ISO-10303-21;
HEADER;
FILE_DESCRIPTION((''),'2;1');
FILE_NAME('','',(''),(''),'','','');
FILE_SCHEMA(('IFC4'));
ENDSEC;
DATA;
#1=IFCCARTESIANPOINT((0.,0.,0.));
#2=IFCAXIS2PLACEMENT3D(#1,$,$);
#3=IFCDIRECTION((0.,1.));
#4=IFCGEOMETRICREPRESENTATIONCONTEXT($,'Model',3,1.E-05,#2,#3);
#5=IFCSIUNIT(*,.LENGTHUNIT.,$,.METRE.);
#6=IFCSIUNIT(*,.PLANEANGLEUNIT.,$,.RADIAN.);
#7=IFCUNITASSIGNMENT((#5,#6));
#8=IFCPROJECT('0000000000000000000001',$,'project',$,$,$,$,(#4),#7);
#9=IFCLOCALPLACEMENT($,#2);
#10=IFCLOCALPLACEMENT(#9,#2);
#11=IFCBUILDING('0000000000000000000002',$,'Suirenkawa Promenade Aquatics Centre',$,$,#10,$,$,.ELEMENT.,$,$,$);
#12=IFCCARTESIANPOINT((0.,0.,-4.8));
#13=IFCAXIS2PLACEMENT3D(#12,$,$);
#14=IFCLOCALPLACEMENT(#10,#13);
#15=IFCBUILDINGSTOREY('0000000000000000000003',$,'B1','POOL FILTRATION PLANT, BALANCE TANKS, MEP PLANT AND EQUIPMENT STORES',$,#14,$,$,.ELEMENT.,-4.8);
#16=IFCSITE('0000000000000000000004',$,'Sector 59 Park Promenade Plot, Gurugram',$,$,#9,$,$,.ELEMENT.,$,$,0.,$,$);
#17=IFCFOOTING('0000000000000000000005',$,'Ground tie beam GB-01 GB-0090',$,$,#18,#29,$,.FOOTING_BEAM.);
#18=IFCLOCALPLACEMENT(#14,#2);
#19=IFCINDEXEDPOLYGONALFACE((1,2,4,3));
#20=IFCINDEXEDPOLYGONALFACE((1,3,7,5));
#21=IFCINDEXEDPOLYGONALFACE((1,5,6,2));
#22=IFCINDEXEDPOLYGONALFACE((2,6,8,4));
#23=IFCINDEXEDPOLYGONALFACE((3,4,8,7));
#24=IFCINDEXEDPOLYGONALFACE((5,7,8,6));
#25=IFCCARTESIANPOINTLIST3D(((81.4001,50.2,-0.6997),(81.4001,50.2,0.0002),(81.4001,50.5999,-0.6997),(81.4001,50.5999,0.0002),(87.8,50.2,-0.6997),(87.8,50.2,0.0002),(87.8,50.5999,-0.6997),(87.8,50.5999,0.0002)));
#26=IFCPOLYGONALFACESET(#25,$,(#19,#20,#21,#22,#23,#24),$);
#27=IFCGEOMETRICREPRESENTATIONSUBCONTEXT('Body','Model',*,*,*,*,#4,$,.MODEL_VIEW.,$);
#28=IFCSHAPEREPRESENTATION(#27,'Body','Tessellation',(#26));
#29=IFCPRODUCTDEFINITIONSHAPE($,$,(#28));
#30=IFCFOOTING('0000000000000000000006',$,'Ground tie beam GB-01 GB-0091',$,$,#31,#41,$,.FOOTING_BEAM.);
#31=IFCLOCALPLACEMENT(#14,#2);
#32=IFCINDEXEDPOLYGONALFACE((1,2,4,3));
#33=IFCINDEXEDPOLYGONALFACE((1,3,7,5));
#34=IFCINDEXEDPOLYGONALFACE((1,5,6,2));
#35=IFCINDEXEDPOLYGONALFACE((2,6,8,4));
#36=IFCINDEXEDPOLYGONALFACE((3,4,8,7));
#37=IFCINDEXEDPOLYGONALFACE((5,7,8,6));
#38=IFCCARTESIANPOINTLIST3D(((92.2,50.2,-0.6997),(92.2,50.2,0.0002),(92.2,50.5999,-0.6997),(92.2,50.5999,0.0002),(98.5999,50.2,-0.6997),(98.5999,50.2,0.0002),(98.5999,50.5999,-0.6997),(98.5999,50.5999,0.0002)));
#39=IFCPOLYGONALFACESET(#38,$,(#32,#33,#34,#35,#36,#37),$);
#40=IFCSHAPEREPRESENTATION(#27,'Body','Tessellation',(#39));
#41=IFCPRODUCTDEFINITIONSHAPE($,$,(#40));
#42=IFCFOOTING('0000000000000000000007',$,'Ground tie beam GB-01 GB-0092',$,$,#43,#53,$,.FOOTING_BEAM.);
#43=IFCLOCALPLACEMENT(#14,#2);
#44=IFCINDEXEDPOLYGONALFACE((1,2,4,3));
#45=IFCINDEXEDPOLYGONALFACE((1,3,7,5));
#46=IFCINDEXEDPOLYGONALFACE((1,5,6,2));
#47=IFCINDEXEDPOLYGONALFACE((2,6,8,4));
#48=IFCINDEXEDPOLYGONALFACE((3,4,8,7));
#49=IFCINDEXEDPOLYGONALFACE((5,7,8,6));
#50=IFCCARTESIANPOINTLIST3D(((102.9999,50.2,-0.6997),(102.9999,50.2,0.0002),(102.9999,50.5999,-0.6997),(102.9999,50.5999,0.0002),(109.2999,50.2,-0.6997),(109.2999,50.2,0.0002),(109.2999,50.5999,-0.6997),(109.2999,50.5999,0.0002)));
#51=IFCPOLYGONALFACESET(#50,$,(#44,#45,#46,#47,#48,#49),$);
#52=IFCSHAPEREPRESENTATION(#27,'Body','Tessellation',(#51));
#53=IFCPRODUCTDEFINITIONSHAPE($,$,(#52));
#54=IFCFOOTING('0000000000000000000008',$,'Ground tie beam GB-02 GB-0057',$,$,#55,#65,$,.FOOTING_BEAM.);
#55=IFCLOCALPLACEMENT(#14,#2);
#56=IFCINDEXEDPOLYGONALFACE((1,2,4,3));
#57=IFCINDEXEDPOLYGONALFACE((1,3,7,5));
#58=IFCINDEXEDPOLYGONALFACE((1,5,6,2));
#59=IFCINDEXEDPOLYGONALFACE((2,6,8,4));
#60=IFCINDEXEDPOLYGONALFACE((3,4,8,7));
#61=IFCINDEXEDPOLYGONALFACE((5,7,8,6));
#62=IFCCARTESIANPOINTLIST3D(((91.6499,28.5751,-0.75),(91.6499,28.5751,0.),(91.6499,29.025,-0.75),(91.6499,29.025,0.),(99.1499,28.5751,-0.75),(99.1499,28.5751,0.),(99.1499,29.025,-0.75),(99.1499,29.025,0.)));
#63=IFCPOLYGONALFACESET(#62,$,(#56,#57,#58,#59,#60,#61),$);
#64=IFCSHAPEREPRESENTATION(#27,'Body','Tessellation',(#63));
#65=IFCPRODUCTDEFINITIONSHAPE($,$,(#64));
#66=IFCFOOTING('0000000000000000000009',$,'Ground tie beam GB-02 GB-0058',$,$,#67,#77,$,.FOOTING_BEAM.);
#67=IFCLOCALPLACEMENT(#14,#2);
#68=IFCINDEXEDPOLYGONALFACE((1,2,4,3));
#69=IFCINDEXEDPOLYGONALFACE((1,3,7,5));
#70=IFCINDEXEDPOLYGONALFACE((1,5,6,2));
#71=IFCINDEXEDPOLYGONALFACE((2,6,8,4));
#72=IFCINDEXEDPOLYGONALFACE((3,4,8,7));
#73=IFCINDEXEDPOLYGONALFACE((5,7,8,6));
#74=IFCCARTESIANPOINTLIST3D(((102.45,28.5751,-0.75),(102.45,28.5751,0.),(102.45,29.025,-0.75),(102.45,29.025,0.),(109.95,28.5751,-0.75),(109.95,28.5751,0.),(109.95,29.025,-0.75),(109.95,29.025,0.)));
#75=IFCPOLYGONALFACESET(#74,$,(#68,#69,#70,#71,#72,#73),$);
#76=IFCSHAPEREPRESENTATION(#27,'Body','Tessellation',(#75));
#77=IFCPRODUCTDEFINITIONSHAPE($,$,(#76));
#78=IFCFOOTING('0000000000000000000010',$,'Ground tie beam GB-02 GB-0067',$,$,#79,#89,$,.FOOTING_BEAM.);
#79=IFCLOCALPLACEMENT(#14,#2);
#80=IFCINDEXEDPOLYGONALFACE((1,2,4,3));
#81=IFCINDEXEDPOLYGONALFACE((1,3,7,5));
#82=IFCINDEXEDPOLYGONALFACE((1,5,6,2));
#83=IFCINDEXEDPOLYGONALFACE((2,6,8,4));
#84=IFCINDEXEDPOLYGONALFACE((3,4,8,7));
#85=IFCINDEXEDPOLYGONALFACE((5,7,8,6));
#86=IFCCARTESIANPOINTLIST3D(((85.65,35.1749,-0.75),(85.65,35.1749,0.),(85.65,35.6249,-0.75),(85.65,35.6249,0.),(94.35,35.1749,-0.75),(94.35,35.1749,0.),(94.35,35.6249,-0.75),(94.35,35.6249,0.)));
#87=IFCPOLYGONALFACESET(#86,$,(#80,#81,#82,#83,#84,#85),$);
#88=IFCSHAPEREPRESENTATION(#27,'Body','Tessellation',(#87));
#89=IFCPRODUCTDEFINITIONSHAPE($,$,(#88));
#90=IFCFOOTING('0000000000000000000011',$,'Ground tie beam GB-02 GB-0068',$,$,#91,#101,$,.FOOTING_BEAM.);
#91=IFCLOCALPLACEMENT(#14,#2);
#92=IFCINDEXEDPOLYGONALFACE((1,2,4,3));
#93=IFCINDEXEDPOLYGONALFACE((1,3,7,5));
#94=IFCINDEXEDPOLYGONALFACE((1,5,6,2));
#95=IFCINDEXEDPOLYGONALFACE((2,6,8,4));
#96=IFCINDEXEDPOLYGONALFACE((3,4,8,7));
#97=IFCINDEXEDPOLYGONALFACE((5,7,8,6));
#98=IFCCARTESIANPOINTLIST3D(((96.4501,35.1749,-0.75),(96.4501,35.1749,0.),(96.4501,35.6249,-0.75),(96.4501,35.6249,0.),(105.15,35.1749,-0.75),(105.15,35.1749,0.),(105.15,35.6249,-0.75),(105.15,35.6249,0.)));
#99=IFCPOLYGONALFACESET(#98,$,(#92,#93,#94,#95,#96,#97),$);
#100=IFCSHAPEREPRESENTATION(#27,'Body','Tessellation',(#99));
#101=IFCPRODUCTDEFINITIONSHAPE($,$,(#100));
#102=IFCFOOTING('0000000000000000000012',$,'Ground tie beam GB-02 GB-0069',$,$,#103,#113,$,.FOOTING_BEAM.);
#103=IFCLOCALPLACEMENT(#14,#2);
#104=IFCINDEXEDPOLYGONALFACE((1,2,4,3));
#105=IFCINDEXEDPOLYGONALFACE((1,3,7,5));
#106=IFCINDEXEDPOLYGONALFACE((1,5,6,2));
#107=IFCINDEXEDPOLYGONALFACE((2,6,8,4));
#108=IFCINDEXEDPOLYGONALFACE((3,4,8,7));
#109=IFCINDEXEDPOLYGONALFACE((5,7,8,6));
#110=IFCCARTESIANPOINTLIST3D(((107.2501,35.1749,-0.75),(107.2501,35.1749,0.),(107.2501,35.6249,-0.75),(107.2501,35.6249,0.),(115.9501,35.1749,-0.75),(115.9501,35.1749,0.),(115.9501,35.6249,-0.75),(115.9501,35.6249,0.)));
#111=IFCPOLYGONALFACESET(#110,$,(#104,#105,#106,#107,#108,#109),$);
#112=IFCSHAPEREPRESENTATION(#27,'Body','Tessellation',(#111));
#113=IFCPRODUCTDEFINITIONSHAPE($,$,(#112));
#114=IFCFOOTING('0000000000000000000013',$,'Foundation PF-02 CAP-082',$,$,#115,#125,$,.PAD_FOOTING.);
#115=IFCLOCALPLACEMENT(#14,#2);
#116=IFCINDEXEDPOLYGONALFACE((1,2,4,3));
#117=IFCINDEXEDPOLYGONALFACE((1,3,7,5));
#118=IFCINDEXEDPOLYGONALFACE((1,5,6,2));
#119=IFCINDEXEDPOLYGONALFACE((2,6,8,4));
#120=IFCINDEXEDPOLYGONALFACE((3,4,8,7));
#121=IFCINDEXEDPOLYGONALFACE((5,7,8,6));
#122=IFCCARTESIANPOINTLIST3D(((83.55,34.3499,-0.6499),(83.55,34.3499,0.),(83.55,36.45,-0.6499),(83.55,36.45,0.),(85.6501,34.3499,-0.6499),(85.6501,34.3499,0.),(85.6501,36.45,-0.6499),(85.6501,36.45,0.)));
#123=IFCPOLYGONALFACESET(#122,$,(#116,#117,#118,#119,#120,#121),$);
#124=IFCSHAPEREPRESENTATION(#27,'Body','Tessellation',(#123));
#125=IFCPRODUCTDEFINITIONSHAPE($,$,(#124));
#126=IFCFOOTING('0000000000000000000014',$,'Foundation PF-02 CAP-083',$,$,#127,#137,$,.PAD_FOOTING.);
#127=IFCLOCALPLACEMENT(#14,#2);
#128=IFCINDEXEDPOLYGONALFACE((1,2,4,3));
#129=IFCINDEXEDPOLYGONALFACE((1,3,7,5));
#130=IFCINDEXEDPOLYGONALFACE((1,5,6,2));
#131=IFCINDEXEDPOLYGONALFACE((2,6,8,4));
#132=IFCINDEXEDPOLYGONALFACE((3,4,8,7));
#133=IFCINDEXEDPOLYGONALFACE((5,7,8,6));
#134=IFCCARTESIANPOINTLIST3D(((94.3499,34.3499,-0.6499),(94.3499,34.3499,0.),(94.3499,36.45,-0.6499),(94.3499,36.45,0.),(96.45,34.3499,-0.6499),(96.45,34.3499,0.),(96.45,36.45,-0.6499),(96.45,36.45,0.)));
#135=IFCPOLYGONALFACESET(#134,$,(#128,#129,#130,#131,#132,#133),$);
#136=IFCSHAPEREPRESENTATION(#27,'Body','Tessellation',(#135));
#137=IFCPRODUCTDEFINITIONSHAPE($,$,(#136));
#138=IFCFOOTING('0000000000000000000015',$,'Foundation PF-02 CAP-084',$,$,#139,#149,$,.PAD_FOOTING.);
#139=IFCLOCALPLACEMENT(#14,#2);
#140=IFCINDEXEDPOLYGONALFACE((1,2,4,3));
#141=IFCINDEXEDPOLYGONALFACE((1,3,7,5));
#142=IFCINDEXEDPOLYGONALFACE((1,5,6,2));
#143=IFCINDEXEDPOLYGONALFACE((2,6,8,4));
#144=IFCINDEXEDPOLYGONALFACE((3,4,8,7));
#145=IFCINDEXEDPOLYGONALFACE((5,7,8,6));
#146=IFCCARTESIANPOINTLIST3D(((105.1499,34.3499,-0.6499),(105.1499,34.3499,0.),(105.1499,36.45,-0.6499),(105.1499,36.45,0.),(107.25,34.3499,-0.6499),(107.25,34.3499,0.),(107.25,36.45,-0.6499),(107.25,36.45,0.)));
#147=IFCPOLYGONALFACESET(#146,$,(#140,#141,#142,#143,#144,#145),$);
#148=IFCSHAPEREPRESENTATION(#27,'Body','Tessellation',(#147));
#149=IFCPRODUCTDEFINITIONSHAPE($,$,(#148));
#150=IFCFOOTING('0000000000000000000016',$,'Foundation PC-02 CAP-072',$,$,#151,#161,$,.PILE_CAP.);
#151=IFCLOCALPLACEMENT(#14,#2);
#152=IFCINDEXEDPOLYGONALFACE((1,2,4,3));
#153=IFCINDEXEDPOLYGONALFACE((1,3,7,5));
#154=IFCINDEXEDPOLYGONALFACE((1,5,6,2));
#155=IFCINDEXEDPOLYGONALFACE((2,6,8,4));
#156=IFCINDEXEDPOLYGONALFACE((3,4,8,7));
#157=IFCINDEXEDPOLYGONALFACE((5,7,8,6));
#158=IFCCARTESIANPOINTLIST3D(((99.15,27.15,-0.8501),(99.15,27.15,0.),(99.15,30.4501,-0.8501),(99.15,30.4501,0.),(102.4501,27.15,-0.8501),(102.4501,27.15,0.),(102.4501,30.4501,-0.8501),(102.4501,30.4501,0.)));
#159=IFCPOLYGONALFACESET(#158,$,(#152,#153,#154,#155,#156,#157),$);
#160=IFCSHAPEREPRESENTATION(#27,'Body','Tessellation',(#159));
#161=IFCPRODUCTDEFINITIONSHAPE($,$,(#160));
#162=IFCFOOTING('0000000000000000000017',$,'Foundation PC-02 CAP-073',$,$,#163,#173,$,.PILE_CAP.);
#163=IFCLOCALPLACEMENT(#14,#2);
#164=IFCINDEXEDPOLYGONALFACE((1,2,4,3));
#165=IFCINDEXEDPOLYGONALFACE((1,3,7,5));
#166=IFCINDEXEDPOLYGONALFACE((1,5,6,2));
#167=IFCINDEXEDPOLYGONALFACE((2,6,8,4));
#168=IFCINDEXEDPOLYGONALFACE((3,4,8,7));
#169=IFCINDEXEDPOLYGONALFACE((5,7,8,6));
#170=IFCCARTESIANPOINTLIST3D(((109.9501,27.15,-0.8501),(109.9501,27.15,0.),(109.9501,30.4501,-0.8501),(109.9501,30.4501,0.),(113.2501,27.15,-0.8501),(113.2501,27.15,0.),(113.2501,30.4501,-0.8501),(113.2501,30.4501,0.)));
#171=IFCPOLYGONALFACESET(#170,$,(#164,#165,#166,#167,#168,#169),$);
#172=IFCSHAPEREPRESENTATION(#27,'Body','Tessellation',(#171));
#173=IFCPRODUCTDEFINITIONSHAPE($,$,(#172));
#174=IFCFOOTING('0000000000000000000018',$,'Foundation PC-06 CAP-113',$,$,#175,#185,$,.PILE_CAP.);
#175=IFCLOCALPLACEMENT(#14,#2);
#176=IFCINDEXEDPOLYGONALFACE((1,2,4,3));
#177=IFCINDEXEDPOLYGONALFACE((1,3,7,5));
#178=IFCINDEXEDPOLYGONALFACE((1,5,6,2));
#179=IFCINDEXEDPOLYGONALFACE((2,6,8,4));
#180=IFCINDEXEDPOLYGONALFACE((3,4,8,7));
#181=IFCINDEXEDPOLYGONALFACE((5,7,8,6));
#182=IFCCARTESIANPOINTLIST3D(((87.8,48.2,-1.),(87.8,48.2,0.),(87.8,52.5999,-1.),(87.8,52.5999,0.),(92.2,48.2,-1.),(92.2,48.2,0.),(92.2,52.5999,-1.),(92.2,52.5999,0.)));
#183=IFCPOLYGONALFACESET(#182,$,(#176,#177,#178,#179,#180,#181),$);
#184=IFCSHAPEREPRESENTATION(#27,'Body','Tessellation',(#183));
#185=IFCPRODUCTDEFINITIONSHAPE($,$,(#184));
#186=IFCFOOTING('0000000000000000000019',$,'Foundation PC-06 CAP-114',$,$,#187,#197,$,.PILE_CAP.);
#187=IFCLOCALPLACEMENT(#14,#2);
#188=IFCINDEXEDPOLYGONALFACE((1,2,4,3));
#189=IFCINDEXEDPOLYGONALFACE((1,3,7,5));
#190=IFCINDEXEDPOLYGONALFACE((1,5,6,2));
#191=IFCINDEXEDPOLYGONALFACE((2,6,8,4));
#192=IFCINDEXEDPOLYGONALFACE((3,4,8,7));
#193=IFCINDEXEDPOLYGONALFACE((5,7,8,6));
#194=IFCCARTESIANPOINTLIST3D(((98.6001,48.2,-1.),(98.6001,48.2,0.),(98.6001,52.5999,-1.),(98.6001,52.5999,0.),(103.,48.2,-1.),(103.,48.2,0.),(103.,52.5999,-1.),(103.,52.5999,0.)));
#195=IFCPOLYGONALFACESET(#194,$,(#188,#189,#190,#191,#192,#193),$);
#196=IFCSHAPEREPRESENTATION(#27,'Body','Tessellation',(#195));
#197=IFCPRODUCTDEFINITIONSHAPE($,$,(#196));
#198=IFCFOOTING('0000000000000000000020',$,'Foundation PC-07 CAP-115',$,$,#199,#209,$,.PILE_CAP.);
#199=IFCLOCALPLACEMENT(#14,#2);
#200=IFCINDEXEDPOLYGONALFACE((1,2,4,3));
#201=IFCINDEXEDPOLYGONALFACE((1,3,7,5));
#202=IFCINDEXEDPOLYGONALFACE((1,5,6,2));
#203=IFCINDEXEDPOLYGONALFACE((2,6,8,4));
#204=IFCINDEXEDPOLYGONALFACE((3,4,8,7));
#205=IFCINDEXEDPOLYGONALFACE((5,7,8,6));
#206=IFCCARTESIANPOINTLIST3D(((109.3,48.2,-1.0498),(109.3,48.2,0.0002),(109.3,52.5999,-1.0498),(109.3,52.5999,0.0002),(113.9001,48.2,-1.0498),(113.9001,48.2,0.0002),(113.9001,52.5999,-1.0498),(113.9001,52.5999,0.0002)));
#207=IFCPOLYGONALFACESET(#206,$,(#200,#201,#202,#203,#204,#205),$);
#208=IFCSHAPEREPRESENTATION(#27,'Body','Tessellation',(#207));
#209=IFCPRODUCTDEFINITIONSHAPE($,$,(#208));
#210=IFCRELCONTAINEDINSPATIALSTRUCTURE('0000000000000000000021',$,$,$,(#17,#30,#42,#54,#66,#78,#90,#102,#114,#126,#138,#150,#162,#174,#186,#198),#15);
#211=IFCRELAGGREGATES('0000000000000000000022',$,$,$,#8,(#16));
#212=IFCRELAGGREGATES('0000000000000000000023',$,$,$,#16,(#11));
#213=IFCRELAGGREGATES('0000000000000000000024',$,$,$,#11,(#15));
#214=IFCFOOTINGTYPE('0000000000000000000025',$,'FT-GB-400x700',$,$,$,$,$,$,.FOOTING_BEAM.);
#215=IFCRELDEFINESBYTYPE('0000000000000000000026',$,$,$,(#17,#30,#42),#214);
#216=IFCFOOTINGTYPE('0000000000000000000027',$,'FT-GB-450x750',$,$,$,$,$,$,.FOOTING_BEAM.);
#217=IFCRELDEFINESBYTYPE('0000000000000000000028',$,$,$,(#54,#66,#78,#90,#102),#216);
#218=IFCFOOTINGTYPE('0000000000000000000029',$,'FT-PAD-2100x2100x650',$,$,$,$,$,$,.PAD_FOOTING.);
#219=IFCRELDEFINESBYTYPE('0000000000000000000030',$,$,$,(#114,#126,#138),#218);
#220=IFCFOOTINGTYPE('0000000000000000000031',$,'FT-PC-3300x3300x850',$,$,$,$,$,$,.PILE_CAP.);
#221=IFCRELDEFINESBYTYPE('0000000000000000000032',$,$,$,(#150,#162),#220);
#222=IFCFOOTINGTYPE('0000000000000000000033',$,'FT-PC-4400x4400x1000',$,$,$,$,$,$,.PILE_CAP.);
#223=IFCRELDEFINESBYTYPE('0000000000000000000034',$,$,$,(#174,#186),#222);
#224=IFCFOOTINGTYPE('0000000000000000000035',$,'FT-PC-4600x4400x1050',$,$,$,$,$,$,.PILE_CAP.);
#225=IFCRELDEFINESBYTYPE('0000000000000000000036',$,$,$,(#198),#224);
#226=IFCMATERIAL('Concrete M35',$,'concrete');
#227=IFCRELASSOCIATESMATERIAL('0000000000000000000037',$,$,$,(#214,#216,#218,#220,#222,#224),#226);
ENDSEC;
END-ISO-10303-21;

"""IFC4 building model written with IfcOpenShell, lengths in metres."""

from ifc_helpers import new_model, si_unit, direction, frame, origin, origin_2d, place, context, subcontext, project, spatial, rectangle, extrude, material, type_object, element, save


model = new_model("IFC4")

# Units and contexts
model_context = context("Model", 3, precision=1e-05, world=origin(), true_north=direction((0.0, 1.0)))
body_context = subcontext(model_context, "Body", "Model", "MODEL_VIEW")
ifc_project = project(units=[si_unit("LENGTHUNIT", "METRE"), si_unit("PLANEANGLEUNIT", "RADIAN")], contexts=[model_context])

# Site, building, storey
site_placement = place(None, origin())
site = spatial("IfcSite", under=ifc_project, at=site_placement, Name="Sector 59 Park Promenade Plot, Gurugram", CompositionType="ELEMENT", RefElevation=0.0)
building_placement = place(site_placement, origin())
building = spatial("IfcBuilding", under=site, at=building_placement, Name="Suirenkawa Promenade Aquatics Centre", CompositionType="ELEMENT")
storey_placement = place(building_placement, frame((0.0, 0.0, -4.8)))
storey = spatial("IfcBuildingStorey", under=building, at=storey_placement, Name="B1", Description="POOL FILTRATION PLANT, BALANCE TANKS, MEP PLANT AND EQUIPMENT STORES", CompositionType="ELEMENT", Elevation=-4.8)

# Footings
ifc_material_1 = material(Name="Concrete M35", Category="concrete")
footing_type_1 = type_object("IfcFootingType", Name="FT-GB-400x700", PredefinedType="FOOTING_BEAM", material=ifc_material_1)
for number, where, z_axis, x_axis, name in (
    (1, (84.6001, 50.3999, -0.6997), (0.0, 0.0, 1.0), (1.0, 0.0, 0.0), "Ground tie beam GB-01 GB-0090"),
    (2, (95.3999, 50.3999, -0.6997), (0.0, 0.0, 1.0), (1.0, 0.0, 0.0), "Ground tie beam GB-01 GB-0091"),
):
    element("IfcFooting", number, at=place(storey_placement, frame(where, z_axis=z_axis, x_axis=x_axis)), inside=storey, type_object=footing_type_1, Name=name, PredefinedType="FOOTING_BEAM", context=body_context, shape_type="SweptSolid", body=[
        extrude(rectangle(XDim=6.3999, YDim=0.3999, at=origin_2d()), origin(), (0.0, 0.0, 1.0), 0.7),
    ])
footing_1_placement = place(storey_placement, frame((106.1499, 50.3999, -0.6997), z_axis=(0.0, 0.0, 1.0), x_axis=(1.0, 0.0, 0.0)))
element("IfcFooting", 3, at=footing_1_placement, inside=storey, type_object=footing_type_1, Name="Ground tie beam GB-01 GB-0092", PredefinedType="FOOTING_BEAM", context=body_context, shape_type="SweptSolid", body=[
    extrude(rectangle(XDim=6.3, YDim=0.3999, at=origin_2d()), origin(), (0.0, 0.0, 1.0), 0.7),
])
footing_type_2 = type_object("IfcFootingType", Name="FT-GB-450x750", PredefinedType="FOOTING_BEAM", material=ifc_material_1)
for number, where, z_axis, x_axis, name in (
    (4, (95.3999, 28.8, -0.75), (0.0, 0.0, 1.0), (1.0, 0.0, 0.0), "Ground tie beam GB-02 GB-0057"),
    (5, (106.2, 28.8, -0.75), (0.0, 0.0, 1.0), (1.0, 0.0, 0.0), "Ground tie beam GB-02 GB-0058"),
):
    element("IfcFooting", number, at=place(storey_placement, frame(where, z_axis=z_axis, x_axis=x_axis)), inside=storey, type_object=footing_type_2, Name=name, PredefinedType="FOOTING_BEAM", context=body_context, shape_type="SweptSolid", body=[
        extrude(rectangle(XDim=7.5, YDim=0.45, at=origin_2d()), origin(), (0.0, 0.0, 1.0), 0.75),
    ])
for number, where, z_axis, x_axis, name in (
    (6, (90.0, 35.3999, -0.75), (0.0, 0.0, 1.0), (1.0, 0.0, 0.0), "Ground tie beam GB-02 GB-0067"),
    (7, (100.8, 35.3999, -0.75), (0.0, 0.0, 1.0), (1.0, 0.0, 0.0), "Ground tie beam GB-02 GB-0068"),
    (8, (111.6001, 35.3999, -0.75), (0.0, 0.0, 1.0), (1.0, 0.0, 0.0), "Ground tie beam GB-02 GB-0069"),
):
    element("IfcFooting", number, at=place(storey_placement, frame(where, z_axis=z_axis, x_axis=x_axis)), inside=storey, type_object=footing_type_2, Name=name, PredefinedType="FOOTING_BEAM", context=body_context, shape_type="SweptSolid", body=[
        extrude(rectangle(XDim=8.7, YDim=0.45, at=origin_2d()), origin(), (0.0, 0.0, 1.0), 0.75),
    ])
footing_type_3 = type_object("IfcFootingType", Name="FT-PAD-2100x2100x650", PredefinedType="PAD_FOOTING", material=ifc_material_1)
for number, where, z_axis, x_axis, name in (
    (9, (84.6001, 35.3999, -0.6499), (0.0, 0.0, 1.0), (1.0, 0.0, 0.0), "Foundation PF-02 CAP-082"),
    (10, (95.3999, 35.3999, -0.6499), (0.0, 0.0, 1.0), (1.0, 0.0, 0.0), "Foundation PF-02 CAP-083"),
    (11, (106.2, 35.3999, -0.6499), (0.0, 0.0, 1.0), (1.0, 0.0, 0.0), "Foundation PF-02 CAP-084"),
):
    element("IfcFooting", number, at=place(storey_placement, frame(where, z_axis=z_axis, x_axis=x_axis)), inside=storey, type_object=footing_type_3, Name=name, PredefinedType="PAD_FOOTING", context=body_context, shape_type="SweptSolid", body=[
        extrude(rectangle(XDim=2.1001, YDim=2.1001, at=origin_2d()), origin(), (0.0, 0.0, 1.0), 0.6499),
    ])
footing_type_4 = type_object("IfcFootingType", Name="FT-PC-3300x3300x850", PredefinedType="PILE_CAP", material=ifc_material_1)
for number, where, z_axis, x_axis, name in (
    (12, (100.8, 28.8, -0.8501), (0.0, 0.0, 1.0), (1.0, 0.0, 0.0), "Foundation PC-02 CAP-072"),
    (13, (111.6001, 28.8, -0.8501), (0.0, 0.0, 1.0), (1.0, 0.0, 0.0), "Foundation PC-02 CAP-073"),
):
    element("IfcFooting", number, at=place(storey_placement, frame(where, z_axis=z_axis, x_axis=x_axis)), inside=storey, type_object=footing_type_4, Name=name, PredefinedType="PILE_CAP", context=body_context, shape_type="SweptSolid", body=[
        extrude(rectangle(XDim=3.3, YDim=3.3, at=origin_2d()), origin(), (0.0, 0.0, 1.0), 0.8501),
    ])
footing_type_5 = type_object("IfcFootingType", Name="FT-PC-4400x4400x1000", PredefinedType="PILE_CAP", material=ifc_material_1)
for number, where, z_axis, x_axis, name in (
    (14, (90.0, 50.3999, -1.0), (0.0, 0.0, 1.0), (1.0, 0.0, 0.0), "Foundation PC-06 CAP-113"),
    (15, (100.8, 50.3999, -1.0), (0.0, 0.0, 1.0), (1.0, 0.0, 0.0), "Foundation PC-06 CAP-114"),
):
    element("IfcFooting", number, at=place(storey_placement, frame(where, z_axis=z_axis, x_axis=x_axis)), inside=storey, type_object=footing_type_5, Name=name, PredefinedType="PILE_CAP", context=body_context, shape_type="SweptSolid", body=[
        extrude(rectangle(XDim=4.3999, YDim=4.3999, at=origin_2d()), origin(), (0.0, 0.0, 1.0), 1.0),
    ])
footing_type_6 = type_object("IfcFootingType", Name="FT-PC-4600x4400x1050", PredefinedType="PILE_CAP", material=ifc_material_1)
footing_2_placement = place(storey_placement, frame((111.6001, 50.3999, -1.0498), z_axis=(0.0, 0.0, 1.0), x_axis=(1.0, 0.0, 0.0)))
element("IfcFooting", 16, at=footing_2_placement, inside=storey, type_object=footing_type_6, Name="Foundation PC-07 CAP-115", PredefinedType="PILE_CAP", context=body_context, shape_type="SweptSolid", body=[
    extrude(rectangle(XDim=4.6001, YDim=4.3999, at=origin_2d()), origin(), (0.0, 0.0, 1.0), 1.05),
])

save(model, "model.ifc")
